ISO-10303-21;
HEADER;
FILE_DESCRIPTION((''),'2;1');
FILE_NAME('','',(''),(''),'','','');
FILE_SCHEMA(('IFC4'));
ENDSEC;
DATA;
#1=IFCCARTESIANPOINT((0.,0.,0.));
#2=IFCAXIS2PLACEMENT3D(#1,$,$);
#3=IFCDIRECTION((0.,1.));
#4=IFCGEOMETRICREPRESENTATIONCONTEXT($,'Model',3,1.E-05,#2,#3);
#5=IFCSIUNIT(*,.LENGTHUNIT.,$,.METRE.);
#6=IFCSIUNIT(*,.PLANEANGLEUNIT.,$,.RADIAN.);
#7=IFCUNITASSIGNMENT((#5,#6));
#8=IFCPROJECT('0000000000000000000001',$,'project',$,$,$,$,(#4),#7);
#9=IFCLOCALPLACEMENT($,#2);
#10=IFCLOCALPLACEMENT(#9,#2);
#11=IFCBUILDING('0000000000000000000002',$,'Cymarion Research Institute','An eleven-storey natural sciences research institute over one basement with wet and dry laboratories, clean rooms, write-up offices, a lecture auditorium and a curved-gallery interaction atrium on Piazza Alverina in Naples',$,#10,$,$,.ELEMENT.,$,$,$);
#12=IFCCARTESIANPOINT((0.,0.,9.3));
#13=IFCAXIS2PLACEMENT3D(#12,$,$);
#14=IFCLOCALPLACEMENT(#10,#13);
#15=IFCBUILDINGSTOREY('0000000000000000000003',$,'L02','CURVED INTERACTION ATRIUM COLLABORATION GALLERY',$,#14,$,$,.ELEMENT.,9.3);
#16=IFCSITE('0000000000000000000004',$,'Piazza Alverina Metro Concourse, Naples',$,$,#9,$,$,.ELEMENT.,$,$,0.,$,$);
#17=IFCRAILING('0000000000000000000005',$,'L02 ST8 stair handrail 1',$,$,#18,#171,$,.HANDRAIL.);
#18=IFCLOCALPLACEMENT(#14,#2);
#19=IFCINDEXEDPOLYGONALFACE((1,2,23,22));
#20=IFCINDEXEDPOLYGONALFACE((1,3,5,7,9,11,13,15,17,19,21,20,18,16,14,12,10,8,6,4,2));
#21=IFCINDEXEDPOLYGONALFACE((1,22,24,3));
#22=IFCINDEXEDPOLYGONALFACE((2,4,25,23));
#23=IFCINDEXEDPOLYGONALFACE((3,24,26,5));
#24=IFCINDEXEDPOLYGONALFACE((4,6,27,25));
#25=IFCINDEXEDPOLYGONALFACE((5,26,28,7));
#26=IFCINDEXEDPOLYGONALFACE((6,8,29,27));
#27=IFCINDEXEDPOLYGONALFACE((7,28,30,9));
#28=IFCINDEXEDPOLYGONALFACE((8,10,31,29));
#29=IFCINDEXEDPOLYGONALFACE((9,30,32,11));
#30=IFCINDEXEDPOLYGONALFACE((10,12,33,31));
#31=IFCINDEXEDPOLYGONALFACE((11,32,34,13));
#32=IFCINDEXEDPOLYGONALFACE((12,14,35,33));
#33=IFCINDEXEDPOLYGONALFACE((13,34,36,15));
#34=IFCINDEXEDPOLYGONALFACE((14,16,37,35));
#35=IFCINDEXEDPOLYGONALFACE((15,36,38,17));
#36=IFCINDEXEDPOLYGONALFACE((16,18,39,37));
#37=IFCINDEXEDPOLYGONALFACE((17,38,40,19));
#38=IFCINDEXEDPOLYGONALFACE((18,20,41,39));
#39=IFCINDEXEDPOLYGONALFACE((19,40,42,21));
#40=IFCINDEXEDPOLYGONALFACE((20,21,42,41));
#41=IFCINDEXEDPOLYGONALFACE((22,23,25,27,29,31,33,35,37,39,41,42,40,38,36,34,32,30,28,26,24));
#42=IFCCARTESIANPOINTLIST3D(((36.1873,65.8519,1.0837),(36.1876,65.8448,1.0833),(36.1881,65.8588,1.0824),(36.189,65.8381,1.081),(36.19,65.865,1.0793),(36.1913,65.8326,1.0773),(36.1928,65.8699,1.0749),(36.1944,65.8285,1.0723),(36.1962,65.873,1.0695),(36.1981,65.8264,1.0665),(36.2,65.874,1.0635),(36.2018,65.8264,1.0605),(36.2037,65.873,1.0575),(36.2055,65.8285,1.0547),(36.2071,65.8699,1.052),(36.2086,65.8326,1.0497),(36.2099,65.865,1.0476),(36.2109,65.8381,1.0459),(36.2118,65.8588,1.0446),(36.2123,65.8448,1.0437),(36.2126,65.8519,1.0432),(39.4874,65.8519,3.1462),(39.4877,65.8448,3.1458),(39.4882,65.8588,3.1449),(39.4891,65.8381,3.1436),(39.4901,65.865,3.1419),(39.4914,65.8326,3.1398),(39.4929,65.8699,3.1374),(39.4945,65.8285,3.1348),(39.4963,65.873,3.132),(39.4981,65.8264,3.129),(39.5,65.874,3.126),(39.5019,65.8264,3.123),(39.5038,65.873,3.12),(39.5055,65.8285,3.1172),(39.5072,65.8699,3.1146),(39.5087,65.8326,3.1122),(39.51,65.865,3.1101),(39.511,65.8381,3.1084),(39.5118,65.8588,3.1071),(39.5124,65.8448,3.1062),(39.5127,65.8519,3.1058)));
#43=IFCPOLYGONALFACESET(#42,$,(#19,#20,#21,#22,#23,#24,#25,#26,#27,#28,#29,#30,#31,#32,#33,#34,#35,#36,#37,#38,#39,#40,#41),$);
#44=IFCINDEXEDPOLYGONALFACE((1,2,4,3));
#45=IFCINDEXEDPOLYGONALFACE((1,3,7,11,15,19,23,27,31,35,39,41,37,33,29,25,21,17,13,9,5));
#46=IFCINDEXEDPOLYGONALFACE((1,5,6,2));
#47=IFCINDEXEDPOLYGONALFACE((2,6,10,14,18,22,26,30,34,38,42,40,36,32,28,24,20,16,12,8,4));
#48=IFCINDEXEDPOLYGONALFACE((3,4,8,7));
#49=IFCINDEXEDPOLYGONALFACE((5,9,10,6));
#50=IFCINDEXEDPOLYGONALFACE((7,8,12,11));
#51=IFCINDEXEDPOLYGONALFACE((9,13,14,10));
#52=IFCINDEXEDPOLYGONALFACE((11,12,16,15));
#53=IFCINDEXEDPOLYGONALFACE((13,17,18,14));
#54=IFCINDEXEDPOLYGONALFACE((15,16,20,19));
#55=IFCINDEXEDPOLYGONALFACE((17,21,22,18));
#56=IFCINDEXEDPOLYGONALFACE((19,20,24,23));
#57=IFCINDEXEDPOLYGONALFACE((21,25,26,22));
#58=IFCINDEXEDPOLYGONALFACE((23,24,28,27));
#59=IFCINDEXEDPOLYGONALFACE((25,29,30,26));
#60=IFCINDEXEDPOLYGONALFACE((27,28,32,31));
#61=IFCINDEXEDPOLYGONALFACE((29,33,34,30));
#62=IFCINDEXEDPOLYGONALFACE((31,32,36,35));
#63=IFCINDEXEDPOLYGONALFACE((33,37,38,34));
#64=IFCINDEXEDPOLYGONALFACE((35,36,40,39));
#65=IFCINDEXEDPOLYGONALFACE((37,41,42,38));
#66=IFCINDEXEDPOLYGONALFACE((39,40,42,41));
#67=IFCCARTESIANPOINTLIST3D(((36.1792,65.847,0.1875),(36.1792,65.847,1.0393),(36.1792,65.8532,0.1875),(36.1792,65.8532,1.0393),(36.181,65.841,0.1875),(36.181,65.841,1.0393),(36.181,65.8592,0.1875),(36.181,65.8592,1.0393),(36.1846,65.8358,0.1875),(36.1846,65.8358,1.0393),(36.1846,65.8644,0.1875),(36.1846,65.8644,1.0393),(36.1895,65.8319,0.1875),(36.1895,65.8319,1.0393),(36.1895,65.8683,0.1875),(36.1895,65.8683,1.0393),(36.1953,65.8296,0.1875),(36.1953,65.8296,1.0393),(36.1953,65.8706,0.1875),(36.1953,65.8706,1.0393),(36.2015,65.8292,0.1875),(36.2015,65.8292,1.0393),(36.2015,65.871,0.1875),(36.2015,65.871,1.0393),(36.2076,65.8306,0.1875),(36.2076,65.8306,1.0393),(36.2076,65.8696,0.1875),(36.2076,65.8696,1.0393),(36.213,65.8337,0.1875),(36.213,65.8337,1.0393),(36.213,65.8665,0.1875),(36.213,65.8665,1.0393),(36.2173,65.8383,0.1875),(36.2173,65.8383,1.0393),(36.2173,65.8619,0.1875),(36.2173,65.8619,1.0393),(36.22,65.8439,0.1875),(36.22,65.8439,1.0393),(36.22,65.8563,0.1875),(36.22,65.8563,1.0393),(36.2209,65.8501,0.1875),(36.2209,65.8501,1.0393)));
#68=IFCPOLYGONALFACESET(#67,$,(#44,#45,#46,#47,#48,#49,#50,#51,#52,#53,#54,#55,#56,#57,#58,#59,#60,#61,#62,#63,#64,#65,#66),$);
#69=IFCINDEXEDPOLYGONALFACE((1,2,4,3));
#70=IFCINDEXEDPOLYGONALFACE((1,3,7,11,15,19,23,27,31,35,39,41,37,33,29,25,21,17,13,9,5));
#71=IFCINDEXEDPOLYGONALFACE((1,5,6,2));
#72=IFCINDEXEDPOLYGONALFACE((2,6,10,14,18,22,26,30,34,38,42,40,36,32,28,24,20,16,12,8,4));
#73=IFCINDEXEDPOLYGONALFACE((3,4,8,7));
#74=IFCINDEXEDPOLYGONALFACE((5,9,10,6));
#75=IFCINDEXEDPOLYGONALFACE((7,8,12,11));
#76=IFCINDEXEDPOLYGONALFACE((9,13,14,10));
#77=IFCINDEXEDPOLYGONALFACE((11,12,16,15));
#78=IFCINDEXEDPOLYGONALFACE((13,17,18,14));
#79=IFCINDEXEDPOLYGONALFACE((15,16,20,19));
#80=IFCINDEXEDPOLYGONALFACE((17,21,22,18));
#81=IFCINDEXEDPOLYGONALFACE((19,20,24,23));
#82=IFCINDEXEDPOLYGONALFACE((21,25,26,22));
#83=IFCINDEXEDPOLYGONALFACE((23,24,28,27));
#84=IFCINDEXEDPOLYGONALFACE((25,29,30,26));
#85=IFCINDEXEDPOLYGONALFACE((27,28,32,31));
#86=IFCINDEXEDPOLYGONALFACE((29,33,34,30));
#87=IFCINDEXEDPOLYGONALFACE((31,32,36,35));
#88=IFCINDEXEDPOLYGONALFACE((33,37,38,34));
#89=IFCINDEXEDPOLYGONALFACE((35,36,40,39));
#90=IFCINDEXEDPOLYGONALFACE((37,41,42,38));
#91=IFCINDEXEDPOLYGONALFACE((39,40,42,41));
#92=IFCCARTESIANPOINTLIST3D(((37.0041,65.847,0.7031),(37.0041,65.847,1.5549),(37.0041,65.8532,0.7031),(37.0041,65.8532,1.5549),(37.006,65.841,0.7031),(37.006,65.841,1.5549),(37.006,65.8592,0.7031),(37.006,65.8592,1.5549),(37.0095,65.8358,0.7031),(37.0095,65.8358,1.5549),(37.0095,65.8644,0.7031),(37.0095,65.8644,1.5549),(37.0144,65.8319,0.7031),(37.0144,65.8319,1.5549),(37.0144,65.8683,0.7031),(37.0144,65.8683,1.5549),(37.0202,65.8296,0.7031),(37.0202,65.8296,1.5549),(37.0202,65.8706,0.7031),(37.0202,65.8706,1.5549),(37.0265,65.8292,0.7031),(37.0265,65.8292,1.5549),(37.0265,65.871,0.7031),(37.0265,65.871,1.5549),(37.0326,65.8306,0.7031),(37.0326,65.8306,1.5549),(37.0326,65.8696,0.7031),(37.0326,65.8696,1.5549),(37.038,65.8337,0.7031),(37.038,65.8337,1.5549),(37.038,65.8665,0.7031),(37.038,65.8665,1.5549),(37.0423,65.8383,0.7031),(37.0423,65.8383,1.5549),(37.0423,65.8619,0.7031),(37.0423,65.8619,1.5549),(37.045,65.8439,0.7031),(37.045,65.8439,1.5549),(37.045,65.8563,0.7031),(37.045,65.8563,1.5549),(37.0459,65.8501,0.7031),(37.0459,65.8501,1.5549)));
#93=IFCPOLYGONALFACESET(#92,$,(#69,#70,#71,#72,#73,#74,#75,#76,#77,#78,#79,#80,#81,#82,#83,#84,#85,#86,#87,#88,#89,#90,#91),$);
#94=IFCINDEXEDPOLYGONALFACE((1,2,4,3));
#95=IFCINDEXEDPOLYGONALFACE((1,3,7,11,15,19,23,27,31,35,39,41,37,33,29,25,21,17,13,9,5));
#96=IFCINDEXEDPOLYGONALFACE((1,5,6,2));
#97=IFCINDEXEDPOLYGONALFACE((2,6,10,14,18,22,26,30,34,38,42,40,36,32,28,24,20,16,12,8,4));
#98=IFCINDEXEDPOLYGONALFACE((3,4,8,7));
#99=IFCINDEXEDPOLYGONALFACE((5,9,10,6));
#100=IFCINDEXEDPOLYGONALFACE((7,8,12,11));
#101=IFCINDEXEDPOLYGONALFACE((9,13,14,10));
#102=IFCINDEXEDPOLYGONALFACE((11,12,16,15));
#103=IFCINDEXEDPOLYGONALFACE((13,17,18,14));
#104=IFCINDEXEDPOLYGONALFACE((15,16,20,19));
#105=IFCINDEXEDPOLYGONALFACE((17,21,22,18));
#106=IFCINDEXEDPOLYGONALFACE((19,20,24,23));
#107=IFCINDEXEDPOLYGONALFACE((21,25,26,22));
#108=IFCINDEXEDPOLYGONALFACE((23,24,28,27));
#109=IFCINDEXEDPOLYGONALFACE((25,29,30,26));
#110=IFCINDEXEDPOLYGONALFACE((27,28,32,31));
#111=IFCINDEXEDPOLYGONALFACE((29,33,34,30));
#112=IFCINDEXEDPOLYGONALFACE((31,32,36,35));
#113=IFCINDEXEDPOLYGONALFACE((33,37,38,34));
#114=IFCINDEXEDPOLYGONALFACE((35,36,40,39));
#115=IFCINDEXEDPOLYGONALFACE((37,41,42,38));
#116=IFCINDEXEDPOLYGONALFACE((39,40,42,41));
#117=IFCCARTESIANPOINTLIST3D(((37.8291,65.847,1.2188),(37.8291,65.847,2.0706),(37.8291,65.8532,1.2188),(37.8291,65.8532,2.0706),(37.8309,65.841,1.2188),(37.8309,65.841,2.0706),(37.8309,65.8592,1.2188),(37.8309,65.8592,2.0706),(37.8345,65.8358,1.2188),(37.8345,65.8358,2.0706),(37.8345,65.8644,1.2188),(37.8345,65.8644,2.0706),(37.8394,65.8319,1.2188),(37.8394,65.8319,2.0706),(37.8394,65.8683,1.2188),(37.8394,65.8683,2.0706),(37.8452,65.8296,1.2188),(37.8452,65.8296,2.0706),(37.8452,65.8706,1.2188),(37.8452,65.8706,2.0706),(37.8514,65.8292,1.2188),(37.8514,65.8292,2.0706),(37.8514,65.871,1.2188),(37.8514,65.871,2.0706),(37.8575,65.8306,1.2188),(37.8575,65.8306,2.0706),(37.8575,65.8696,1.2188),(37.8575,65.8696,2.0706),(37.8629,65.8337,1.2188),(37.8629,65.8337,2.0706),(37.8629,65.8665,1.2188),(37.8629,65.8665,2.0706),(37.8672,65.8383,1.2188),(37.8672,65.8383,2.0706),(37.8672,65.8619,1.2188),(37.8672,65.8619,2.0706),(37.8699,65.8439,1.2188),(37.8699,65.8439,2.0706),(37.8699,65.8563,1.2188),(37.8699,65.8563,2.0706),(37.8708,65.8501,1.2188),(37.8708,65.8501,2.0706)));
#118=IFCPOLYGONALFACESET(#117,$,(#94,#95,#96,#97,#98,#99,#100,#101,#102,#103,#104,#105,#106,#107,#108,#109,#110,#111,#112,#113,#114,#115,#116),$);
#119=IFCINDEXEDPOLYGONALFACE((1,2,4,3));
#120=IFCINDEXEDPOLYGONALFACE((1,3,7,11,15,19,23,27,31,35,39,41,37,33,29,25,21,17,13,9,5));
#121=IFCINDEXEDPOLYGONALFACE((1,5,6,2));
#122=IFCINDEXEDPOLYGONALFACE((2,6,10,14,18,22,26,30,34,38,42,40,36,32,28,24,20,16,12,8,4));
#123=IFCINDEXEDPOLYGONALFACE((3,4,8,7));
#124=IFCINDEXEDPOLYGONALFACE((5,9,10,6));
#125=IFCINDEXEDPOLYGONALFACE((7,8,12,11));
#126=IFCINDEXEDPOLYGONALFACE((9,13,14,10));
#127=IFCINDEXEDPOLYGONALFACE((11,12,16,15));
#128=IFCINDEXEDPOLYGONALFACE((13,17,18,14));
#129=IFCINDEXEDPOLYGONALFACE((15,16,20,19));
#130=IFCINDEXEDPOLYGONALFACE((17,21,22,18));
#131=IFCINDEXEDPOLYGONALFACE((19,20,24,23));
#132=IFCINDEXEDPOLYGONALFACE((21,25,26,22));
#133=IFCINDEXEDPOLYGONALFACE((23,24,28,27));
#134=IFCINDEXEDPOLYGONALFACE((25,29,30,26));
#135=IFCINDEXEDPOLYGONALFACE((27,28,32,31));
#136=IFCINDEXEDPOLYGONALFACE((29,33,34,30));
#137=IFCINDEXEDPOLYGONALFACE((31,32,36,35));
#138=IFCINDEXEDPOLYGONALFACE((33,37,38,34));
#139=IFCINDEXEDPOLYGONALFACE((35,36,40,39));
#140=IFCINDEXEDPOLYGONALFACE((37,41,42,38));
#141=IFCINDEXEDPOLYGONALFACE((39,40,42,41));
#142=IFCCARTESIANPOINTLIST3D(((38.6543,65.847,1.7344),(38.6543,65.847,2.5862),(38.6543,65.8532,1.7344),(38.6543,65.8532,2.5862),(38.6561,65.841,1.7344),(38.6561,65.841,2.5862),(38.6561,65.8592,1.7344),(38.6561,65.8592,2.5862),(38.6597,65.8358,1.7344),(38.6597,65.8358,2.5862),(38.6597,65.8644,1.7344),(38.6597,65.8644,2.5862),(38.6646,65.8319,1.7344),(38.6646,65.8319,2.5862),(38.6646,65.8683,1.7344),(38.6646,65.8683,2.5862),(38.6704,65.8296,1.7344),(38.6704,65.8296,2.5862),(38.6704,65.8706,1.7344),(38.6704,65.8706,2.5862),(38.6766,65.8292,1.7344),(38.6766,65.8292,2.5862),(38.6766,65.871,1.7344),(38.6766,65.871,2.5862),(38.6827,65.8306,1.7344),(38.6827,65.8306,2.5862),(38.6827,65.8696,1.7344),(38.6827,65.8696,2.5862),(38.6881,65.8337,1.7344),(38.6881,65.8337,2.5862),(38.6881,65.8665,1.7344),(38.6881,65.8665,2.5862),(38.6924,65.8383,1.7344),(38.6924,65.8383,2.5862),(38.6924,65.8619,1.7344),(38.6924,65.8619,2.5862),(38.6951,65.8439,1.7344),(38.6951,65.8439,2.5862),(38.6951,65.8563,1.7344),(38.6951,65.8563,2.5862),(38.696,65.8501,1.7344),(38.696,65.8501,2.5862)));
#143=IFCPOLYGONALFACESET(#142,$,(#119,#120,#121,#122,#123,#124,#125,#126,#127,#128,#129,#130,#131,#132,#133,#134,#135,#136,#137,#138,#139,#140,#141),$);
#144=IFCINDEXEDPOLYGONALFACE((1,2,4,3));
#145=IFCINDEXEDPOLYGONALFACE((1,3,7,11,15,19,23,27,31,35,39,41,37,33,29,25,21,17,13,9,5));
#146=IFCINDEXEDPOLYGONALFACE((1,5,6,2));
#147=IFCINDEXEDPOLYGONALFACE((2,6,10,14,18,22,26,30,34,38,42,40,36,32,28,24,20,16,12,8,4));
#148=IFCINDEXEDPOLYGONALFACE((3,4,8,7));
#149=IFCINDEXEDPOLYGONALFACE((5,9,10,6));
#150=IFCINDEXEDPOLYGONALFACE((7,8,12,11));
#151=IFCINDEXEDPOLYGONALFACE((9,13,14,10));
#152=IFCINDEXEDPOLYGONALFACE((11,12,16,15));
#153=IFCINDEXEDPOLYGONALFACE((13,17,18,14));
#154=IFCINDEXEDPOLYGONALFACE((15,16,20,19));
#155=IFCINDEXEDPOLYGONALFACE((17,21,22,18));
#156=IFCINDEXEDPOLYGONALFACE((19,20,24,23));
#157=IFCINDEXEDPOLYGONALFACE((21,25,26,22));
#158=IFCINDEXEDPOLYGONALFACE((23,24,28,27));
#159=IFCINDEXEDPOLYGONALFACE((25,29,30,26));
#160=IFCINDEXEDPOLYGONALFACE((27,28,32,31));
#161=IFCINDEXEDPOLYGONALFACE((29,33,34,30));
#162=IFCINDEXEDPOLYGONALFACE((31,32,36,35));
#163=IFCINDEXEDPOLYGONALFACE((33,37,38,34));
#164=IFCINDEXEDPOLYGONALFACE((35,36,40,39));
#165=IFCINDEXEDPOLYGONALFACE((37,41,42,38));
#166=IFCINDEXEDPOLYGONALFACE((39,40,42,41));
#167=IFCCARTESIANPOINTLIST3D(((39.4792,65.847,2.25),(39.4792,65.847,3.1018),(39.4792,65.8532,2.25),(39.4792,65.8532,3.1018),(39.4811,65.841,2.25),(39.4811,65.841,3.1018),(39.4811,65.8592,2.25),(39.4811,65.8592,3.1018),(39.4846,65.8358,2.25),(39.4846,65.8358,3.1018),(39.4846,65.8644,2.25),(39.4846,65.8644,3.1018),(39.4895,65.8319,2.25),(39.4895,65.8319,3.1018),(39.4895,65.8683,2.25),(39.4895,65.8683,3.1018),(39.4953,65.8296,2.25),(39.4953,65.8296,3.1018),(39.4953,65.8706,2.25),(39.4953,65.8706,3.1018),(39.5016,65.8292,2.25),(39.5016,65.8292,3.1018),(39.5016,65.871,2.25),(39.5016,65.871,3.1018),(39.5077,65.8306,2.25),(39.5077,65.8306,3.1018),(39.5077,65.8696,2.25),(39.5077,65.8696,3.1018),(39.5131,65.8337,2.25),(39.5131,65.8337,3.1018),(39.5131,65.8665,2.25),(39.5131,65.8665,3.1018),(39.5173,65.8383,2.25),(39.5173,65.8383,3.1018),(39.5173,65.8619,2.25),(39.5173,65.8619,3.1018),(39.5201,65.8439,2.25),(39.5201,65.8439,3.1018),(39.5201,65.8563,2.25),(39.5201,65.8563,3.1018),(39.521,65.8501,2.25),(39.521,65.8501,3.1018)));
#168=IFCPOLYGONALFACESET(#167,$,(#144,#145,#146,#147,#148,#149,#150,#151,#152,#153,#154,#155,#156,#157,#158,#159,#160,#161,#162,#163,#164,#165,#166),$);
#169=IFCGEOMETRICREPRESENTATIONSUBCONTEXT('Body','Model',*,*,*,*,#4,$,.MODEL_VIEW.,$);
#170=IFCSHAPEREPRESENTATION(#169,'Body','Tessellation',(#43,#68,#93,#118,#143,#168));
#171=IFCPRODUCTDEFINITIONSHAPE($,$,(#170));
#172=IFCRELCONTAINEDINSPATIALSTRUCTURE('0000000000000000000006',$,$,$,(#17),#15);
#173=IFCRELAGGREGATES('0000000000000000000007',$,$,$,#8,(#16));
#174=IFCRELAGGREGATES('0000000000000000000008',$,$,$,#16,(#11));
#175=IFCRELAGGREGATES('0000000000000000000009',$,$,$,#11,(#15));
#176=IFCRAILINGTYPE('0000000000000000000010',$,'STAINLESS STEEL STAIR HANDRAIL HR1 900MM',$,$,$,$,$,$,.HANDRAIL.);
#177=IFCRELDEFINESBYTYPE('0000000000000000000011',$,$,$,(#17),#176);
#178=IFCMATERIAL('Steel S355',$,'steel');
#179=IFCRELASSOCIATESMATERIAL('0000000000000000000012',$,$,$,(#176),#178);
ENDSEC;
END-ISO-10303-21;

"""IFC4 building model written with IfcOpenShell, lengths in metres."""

from ifc_helpers import new_model, si_unit, direction, frame, origin, origin_2d, place, context, subcontext, project, spatial, circle, extrude, material, type_object, element, save


model = new_model("IFC4")

# Units and contexts
model_context = context("Model", 3, precision=1e-05, world=origin(), true_north=direction((0.0, 1.0)))
body_context = subcontext(model_context, "Body", "Model", "MODEL_VIEW")
ifc_project = project(units=[si_unit("LENGTHUNIT", "METRE"), si_unit("PLANEANGLEUNIT", "RADIAN")], contexts=[model_context])

# Site, building, storey
site_placement = place(None, origin())
site = spatial("IfcSite", under=ifc_project, at=site_placement, Name="Piazza Alverina Metro Concourse, Naples", CompositionType="ELEMENT", RefElevation=0.0)
building_placement = place(site_placement, origin())
building = spatial("IfcBuilding", under=site, at=building_placement, Name="Cymarion Research Institute", Description="An eleven-storey natural sciences research institute over one basement with wet and dry laboratories, clean rooms, write-up offices, a lecture auditorium and a curved-gallery interaction atrium on Piazza Alverina in Naples", CompositionType="ELEMENT")
storey_placement = place(building_placement, frame((0.0, 0.0, 9.3)))
storey = spatial("IfcBuildingStorey", under=building, at=storey_placement, Name="L02", Description="CURVED INTERACTION ATRIUM COLLABORATION GALLERY", CompositionType="ELEMENT", Elevation=9.3)

# Shared definitions
ifc_material_1 = material(Name="Steel S355", Category="steel")

# Railing
railing_type_1 = type_object("IfcRailingType", Name="STAINLESS STEEL STAIR HANDRAIL HR1 900MM", PredefinedType="HANDRAIL", material=ifc_material_1)
railing_1_placement = place(storey_placement, frame((36.2, 65.8501, 0.1875)))
element("IfcRailing", 1, at=railing_1_placement, inside=storey, type_object=railing_type_1, Name="L02 ST8 stair handrail 1", PredefinedType="HANDRAIL", context=body_context, shape_type="SweptSolid", body=[
    extrude(circle(Radius=0.0239, at=origin_2d()), frame((0.0, 0.0, 0.876), z_axis=(0.848002, 0.0, 0.529993), x_axis=(0.0, 1.0, 0.0)), (0.0, 0.0, 1.0), 3.8916),
    extrude(circle(Radius=0.021, at=origin_2d()), origin(), (0.0, 0.0, 1.0), 0.8518),
    extrude(circle(Radius=0.021, at=origin_2d()), frame((0.825, 0.0, 0.5156)), (0.0, 0.0, 1.0), 0.8518),
    extrude(circle(Radius=0.021, at=origin_2d()), frame((1.6499, 0.0, 1.0312)), (0.0, 0.0, 1.0), 0.8518),
    extrude(circle(Radius=0.021, at=origin_2d()), frame((2.4751, 0.0, 1.5469)), (0.0, 0.0, 1.0), 0.8518),
    extrude(circle(Radius=0.021, at=origin_2d()), frame((3.3, 0.0, 2.0625)), (0.0, 0.0, 1.0), 0.8518),
])

save(model, "model.ifc")
